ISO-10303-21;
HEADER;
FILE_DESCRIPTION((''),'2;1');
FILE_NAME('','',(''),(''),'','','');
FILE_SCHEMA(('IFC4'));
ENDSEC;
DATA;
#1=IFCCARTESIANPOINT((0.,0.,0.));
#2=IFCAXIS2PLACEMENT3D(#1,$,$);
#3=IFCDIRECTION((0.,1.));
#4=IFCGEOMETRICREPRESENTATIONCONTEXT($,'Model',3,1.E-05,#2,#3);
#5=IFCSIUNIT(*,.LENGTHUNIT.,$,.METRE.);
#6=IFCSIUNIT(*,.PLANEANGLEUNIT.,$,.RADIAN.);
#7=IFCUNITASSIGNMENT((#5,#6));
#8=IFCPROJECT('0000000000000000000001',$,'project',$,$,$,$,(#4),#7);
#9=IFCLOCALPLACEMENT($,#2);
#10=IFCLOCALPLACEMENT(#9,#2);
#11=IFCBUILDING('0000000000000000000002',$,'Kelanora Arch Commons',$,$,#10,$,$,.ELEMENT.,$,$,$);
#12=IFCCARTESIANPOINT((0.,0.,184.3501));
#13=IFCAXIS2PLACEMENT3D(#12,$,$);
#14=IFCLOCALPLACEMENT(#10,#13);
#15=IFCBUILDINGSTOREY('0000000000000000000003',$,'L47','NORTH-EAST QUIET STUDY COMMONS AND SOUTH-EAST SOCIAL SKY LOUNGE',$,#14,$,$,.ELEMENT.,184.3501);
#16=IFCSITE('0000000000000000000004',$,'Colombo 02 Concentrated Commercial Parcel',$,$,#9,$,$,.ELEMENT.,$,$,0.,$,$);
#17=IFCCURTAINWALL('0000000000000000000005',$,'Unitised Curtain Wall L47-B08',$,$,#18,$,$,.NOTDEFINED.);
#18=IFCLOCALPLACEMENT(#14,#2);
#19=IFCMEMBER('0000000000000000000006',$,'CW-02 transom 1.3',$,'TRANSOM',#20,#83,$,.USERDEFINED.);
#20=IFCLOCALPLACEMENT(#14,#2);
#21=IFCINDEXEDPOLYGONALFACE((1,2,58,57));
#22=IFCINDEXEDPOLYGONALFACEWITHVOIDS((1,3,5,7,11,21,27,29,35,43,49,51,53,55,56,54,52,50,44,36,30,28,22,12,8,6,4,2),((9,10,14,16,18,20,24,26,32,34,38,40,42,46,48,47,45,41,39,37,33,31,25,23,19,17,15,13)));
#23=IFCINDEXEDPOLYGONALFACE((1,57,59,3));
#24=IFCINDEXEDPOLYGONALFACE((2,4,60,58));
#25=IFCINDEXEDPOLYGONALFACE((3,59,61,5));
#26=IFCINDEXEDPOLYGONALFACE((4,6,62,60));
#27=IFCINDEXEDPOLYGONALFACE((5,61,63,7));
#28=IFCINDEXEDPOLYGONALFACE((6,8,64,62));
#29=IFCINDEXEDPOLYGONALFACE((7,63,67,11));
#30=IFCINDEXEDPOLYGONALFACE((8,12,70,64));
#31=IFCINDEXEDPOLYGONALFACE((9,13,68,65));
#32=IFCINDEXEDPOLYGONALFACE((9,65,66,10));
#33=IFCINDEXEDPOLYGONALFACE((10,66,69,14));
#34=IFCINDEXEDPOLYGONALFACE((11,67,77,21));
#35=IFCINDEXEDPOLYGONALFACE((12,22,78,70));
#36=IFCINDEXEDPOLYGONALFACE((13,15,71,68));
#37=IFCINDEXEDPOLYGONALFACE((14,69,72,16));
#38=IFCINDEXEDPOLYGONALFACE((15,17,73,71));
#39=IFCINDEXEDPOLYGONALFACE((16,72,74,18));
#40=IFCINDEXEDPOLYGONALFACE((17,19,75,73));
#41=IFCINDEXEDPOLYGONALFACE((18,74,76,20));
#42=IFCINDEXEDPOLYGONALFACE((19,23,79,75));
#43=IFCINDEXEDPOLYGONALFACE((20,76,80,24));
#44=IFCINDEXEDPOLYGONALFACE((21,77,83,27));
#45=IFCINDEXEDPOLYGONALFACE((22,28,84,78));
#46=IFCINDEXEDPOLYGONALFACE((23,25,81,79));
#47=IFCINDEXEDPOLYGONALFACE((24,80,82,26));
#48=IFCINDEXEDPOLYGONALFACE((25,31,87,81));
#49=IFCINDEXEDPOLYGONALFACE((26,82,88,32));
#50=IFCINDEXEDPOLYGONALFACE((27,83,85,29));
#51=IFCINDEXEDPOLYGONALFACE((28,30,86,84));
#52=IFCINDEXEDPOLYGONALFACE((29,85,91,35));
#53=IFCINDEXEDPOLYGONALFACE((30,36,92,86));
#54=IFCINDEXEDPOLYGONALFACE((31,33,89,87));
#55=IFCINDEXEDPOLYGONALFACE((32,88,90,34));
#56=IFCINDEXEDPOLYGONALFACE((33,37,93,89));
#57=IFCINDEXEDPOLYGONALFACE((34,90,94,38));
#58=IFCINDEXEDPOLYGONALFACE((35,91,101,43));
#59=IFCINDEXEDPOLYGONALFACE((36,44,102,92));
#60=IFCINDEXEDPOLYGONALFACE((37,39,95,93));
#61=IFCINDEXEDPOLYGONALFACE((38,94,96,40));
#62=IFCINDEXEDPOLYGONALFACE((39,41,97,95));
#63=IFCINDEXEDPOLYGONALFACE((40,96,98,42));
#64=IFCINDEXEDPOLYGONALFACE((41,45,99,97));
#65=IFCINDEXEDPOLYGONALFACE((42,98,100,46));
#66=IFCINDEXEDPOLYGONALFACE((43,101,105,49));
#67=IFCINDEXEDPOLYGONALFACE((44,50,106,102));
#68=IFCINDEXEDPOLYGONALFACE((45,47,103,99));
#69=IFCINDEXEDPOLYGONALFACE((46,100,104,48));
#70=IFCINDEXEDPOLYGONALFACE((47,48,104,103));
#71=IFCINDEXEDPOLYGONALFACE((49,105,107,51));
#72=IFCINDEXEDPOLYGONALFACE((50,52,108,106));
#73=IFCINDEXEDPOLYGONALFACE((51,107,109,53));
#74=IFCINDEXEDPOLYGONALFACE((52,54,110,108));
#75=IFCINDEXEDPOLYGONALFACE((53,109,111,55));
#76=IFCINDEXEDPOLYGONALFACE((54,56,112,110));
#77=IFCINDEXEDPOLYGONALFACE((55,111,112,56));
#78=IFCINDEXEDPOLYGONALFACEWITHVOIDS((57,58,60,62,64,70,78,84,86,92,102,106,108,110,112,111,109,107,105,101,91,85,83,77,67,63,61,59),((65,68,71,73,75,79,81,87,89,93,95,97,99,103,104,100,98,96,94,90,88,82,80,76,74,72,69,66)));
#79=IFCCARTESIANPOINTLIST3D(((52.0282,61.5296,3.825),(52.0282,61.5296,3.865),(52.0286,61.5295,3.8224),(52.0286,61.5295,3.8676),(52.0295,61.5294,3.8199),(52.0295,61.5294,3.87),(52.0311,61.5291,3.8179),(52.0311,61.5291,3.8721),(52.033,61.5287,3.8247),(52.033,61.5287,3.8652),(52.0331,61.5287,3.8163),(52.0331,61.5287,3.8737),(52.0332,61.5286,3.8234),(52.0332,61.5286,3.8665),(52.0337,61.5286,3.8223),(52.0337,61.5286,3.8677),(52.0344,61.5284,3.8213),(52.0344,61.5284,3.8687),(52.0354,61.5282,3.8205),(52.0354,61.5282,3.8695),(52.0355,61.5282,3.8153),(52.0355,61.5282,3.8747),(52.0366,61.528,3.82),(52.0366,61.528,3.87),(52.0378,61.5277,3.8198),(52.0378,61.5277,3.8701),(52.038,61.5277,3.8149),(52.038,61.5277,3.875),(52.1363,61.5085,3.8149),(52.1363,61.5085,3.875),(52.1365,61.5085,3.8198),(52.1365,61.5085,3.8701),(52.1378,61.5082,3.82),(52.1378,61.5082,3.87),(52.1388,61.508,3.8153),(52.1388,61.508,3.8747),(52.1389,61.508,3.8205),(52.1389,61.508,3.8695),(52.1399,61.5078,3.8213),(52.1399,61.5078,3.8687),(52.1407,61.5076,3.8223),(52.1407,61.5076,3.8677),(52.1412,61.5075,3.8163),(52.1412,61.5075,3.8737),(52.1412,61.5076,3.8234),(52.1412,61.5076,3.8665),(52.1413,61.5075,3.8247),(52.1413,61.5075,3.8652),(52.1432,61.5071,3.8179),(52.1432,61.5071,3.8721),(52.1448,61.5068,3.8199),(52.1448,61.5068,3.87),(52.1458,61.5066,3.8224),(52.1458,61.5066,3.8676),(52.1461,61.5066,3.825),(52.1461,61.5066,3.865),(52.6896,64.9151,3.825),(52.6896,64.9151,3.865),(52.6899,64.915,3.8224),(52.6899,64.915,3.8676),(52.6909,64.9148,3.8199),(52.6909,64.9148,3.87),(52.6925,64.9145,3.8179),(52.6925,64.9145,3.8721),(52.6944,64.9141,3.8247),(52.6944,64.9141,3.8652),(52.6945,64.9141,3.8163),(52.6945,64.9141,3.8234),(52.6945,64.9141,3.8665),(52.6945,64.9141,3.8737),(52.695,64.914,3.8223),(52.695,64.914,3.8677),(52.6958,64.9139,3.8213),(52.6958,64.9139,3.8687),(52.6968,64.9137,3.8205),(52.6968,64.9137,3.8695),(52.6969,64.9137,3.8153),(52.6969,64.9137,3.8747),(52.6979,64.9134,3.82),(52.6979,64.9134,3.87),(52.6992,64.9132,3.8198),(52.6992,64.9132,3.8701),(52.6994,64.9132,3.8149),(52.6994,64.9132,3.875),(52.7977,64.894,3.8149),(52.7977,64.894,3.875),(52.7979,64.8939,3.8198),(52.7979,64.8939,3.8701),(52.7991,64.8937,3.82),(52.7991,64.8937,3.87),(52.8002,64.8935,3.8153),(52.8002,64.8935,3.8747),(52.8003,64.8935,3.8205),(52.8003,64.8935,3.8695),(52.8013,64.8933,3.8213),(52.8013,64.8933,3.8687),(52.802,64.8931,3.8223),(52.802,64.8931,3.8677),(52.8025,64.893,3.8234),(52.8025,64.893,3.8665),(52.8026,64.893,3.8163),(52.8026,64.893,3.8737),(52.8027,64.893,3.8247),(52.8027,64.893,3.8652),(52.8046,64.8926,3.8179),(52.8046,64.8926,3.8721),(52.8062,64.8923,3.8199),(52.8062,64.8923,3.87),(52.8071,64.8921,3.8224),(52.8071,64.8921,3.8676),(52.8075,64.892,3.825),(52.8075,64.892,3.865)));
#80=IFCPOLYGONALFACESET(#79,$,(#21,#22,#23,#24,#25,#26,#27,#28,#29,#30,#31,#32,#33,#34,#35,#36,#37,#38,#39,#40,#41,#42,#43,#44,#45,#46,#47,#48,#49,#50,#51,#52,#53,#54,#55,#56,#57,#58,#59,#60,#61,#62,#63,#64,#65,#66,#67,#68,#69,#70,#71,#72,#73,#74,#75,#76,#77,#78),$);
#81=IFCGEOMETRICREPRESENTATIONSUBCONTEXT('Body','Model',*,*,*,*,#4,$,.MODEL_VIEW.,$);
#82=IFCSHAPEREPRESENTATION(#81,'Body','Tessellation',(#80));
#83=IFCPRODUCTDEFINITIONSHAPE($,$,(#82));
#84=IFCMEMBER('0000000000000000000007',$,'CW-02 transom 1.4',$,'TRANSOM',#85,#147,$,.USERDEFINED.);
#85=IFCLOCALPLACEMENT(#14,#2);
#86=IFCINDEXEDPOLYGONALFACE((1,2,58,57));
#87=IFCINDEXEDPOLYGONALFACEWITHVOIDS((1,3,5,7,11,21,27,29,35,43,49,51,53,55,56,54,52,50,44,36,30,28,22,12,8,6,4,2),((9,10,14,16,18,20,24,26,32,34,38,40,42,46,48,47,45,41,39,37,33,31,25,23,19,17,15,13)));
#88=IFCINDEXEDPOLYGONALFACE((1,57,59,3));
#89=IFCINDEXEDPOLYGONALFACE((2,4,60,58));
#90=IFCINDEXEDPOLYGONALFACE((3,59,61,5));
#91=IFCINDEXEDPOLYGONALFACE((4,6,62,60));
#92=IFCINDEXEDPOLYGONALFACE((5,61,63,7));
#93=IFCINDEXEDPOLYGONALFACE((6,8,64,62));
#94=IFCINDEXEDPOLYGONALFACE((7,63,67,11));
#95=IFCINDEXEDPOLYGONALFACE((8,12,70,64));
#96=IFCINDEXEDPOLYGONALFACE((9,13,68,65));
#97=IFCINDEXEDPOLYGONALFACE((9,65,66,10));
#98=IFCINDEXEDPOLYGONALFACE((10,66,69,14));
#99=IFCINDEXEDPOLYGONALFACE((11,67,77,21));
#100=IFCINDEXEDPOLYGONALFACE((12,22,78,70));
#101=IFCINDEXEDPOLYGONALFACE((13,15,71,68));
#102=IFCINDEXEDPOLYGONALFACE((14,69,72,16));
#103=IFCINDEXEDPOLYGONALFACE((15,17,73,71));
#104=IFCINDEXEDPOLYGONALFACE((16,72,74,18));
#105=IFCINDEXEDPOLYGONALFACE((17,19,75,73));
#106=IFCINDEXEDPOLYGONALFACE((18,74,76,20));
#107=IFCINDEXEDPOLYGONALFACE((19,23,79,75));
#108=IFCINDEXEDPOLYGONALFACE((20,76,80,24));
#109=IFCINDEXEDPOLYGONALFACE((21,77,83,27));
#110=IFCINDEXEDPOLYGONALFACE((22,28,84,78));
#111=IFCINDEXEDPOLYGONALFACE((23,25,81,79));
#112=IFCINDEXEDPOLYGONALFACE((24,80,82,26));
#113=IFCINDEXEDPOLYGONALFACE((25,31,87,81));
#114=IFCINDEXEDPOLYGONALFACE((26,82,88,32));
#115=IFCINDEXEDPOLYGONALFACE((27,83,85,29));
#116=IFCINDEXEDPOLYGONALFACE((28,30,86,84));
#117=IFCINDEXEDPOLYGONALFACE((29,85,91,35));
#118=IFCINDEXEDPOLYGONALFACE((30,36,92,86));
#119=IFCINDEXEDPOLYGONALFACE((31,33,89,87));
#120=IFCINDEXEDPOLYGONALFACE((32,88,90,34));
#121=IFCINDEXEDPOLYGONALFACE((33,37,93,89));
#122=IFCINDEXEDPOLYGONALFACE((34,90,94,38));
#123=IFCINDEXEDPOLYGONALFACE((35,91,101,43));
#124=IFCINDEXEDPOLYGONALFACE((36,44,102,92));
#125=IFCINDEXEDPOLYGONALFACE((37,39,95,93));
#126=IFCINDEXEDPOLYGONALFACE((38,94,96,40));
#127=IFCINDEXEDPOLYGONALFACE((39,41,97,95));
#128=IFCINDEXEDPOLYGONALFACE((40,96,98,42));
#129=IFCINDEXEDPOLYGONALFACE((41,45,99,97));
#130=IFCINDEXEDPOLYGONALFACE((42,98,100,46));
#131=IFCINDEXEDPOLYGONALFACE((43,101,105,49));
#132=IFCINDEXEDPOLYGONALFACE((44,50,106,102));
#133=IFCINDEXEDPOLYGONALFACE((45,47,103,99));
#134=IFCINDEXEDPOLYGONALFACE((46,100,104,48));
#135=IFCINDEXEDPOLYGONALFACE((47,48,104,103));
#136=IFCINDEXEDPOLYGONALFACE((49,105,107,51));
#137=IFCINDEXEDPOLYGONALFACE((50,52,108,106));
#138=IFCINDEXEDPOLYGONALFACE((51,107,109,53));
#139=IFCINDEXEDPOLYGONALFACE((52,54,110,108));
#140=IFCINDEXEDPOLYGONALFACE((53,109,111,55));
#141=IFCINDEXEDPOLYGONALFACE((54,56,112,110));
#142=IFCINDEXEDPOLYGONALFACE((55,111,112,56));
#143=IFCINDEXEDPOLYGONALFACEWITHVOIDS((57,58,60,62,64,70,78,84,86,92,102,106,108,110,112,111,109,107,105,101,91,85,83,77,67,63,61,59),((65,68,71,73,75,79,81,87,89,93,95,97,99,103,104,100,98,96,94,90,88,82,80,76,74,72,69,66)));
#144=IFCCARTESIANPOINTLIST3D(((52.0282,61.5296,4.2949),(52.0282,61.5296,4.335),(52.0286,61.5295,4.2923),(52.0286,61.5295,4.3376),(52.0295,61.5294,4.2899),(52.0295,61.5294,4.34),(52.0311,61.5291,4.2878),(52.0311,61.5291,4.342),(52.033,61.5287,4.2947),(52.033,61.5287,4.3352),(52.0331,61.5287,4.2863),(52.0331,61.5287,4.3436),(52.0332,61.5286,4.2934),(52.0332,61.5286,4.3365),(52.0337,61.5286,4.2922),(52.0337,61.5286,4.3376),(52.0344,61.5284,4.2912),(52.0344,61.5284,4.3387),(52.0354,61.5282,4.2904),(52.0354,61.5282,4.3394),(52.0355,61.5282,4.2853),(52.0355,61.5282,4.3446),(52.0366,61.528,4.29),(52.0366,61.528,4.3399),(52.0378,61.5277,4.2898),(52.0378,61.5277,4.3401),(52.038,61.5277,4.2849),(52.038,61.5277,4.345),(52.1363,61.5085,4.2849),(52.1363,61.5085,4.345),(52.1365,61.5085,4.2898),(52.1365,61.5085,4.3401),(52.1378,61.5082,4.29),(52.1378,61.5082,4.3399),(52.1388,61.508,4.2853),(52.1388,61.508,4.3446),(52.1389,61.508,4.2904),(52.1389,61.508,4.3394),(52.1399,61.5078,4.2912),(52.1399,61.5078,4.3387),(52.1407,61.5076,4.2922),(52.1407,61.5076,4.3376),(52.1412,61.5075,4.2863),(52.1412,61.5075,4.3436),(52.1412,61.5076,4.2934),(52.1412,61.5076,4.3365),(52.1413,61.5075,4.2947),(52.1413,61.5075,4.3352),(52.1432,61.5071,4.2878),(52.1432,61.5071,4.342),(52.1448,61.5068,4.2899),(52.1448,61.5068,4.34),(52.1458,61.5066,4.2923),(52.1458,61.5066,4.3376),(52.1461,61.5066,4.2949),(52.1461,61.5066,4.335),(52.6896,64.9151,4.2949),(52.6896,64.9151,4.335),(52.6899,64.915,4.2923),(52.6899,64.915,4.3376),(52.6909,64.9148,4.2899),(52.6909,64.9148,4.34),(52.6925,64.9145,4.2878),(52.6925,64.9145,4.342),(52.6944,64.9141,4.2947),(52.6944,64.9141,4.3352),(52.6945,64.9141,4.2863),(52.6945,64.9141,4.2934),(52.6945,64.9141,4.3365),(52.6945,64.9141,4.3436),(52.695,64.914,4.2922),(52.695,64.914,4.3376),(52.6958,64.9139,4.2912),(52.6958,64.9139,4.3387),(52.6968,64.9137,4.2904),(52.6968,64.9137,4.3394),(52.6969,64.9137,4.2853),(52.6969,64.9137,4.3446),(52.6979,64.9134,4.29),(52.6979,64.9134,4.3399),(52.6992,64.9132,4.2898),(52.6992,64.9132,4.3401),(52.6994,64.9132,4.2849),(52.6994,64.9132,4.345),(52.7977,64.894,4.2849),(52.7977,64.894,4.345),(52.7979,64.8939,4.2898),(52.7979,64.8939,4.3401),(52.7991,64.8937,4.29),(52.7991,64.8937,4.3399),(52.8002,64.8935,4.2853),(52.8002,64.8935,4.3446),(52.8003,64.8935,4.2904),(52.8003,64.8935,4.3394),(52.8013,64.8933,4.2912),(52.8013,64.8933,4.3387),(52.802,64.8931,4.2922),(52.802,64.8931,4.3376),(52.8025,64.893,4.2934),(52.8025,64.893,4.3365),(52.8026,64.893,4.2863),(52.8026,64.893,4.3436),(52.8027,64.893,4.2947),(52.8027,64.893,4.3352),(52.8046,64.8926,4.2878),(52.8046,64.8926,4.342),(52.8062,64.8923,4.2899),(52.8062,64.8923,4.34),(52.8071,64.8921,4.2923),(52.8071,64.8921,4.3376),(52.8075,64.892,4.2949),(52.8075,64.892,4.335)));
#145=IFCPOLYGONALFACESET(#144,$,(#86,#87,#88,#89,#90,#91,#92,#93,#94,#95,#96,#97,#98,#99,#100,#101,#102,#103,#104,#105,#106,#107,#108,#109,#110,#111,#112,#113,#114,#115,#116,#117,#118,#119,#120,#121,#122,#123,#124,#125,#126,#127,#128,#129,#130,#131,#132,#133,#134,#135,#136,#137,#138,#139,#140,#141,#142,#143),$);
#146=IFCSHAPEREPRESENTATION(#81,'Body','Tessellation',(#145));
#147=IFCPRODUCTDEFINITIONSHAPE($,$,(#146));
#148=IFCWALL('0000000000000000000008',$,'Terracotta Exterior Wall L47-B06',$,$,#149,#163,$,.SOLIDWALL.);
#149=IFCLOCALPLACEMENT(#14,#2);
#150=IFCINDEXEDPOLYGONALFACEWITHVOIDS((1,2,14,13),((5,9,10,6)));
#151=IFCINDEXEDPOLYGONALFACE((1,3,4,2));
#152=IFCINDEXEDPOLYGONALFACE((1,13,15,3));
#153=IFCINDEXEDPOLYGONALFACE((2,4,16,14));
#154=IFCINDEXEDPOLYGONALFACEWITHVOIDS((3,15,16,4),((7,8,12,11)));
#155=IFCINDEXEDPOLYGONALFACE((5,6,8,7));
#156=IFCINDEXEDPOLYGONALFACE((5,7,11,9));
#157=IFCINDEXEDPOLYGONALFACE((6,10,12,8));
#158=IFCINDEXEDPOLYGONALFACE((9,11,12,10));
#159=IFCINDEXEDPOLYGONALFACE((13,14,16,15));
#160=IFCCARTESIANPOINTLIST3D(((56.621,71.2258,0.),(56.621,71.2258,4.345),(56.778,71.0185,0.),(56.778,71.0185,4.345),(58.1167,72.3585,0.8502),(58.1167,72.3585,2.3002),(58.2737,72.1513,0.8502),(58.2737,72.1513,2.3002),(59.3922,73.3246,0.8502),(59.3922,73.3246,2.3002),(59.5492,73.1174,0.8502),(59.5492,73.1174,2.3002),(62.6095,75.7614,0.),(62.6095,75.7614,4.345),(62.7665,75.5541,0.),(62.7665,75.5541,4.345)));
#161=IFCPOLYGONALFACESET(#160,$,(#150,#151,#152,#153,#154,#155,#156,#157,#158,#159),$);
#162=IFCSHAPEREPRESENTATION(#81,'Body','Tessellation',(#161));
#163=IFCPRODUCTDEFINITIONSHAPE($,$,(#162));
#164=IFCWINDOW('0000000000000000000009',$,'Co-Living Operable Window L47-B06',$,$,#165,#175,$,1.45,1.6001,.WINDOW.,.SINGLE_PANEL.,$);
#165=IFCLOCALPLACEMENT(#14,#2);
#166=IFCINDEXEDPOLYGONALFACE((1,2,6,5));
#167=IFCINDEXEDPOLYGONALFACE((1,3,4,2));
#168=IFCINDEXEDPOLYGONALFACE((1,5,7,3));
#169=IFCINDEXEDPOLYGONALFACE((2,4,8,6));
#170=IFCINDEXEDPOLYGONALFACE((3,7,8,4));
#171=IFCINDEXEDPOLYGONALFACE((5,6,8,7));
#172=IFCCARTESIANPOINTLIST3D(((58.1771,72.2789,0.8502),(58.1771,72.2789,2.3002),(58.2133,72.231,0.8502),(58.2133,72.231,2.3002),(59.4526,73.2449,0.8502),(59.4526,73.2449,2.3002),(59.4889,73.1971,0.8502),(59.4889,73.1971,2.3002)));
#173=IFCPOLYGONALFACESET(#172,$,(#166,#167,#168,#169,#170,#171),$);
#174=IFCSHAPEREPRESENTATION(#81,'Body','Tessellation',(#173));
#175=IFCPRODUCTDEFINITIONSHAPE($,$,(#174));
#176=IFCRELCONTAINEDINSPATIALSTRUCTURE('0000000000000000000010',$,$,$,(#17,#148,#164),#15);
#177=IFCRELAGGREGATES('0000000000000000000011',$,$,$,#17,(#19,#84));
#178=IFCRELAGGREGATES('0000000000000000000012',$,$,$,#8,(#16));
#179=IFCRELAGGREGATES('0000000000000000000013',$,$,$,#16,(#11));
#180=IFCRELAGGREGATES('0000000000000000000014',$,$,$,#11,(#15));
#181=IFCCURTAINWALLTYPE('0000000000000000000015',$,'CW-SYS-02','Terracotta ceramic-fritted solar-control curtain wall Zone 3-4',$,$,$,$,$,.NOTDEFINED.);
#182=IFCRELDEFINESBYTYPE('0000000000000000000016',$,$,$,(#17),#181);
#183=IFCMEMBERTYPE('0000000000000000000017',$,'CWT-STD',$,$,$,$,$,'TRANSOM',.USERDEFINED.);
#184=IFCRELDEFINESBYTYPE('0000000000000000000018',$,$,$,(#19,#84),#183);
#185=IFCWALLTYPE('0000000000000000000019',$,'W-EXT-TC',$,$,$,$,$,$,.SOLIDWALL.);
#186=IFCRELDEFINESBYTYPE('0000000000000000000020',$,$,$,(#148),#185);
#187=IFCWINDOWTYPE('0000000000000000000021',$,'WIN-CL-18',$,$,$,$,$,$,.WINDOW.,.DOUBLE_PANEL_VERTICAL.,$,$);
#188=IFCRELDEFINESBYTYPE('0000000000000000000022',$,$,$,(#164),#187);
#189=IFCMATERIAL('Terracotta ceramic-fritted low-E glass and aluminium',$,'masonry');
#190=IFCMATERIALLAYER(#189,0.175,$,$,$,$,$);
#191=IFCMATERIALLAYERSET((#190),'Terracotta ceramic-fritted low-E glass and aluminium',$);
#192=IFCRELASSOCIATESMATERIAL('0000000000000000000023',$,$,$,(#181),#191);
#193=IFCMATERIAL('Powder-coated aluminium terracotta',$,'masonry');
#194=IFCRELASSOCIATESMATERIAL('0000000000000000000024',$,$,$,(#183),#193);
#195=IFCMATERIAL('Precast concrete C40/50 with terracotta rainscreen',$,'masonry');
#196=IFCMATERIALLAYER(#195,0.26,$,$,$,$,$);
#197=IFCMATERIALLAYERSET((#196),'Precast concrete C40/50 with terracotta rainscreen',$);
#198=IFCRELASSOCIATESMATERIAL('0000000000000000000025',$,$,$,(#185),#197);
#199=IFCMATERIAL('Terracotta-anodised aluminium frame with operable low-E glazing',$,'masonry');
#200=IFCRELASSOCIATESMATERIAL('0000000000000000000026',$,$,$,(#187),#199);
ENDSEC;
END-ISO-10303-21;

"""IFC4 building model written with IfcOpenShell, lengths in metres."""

from ifc_helpers import new_model, si_unit, direction, frame, frame_2d, origin, origin_2d, place, context, subcontext, project, spatial, rectangle, hollow_rectangle, extrude, material, layer, layer_set, material_profile, profile_set, type_object, element, fill, aggregate, save


model = new_model("IFC4")

# Units and contexts
model_context = context("Model", 3, precision=1e-05, world=origin(), true_north=direction((0.0, 1.0)))
body_context = subcontext(model_context, "Body", "Model", "MODEL_VIEW")
ifc_project = project(units=[si_unit("LENGTHUNIT", "METRE"), si_unit("PLANEANGLEUNIT", "RADIAN")], contexts=[model_context])

# Site, building, storey
site_placement = place(None, origin())
site = spatial("IfcSite", under=ifc_project, at=site_placement, Name="Colombo 02 Concentrated Commercial Parcel", CompositionType="ELEMENT", RefElevation=0.0)
building_placement = place(site_placement, origin())
building = spatial("IfcBuilding", under=site, at=building_placement, Name="Kelanora Arch Commons", CompositionType="ELEMENT")
storey_placement = place(building_placement, frame((0.0, 0.0, 184.3501)))
storey = spatial("IfcBuildingStorey", under=building, at=storey_placement, Name="L47", Description="NORTH-EAST QUIET STUDY COMMONS AND SOUTH-EAST SOCIAL SKY LOUNGE", CompositionType="ELEMENT", Elevation=184.3501)

# Shared definitions
ifc_material_1 = material(Name="Terracotta ceramic-fritted low-E glass and aluminium", Category="masonry")
ifc_layer_1 = layer(ifc_material_1, 0.175)
ifc_layer_set_1 = layer_set([ifc_layer_1], Name="Terracotta ceramic-fritted low-E glass and aluminium")
curtain_wall_type = type_object("IfcCurtainWallType", Name="CW-SYS-02", Description="Terracotta ceramic-fritted solar-control curtain wall Zone 3-4", PredefinedType="NOTDEFINED", material=ifc_layer_set_1)
ifc_material_2 = material(Name="Powder-coated aluminium terracotta", Category="masonry")

# Curtain wall, members
curtain_wall_1_placement = place(storey_placement, origin())
curtain_wall_1 = element("IfcCurtainWall", 1, at=curtain_wall_1_placement, inside=storey, type_object=curtain_wall_type, Name="Unitised Curtain Wall L47-B08", PredefinedType="NOTDEFINED")
ifc_material_profile_1 = material_profile(ifc_material_2, hollow_rectangle(XDim=0.1201, YDim=0.0601, WallThickness=0.0049, InnerFilletRadius=0.0049, OuterFilletRadius=0.01, at=origin_2d()), Name="CWT120x60")
ifc_profile_set_1 = profile_set([ifc_material_profile_1], Name="Powder-coated aluminium terracotta")
member_type_1 = type_object("IfcMemberType", Name="CWT-STD", ElementType="TRANSOM", PredefinedType="USERDEFINED", material=ifc_profile_set_1)
member_1_placement = place(storey_placement, frame((52.7485, 64.9036, 3.845), z_axis=(-0.191732, -0.981447, 0.0), x_axis=(0.981447, -0.191732, 0.0)))
member_1 = element("IfcMember", 2, at=member_1_placement, type_object=member_type_1, Name="CW-02 transom 1.3", ObjectType="TRANSOM", PredefinedType="USERDEFINED", context=body_context, shape_type="SweptSolid", body=[
    extrude(hollow_rectangle(XDim=0.1201, YDim=0.0601, WallThickness=0.0049, InnerFilletRadius=0.0049, OuterFilletRadius=0.01, at=origin_2d()), origin(), (0.0, 0.0, 1.0), 3.4495),
])
member_2_placement = place(storey_placement, frame((52.7485, 64.9036, 4.3149), z_axis=(-0.191732, -0.981447, 0.0), x_axis=(0.981447, -0.191732, 0.0)))
member_2 = element("IfcMember", 3, at=member_2_placement, type_object=member_type_1, Name="CW-02 transom 1.4", ObjectType="TRANSOM", PredefinedType="USERDEFINED", context=body_context, shape_type="SweptSolid", body=[
    extrude(hollow_rectangle(XDim=0.1201, YDim=0.0601, WallThickness=0.0049, InnerFilletRadius=0.0049, OuterFilletRadius=0.01, at=origin_2d()), origin(), (0.0, 0.0, 1.0), 3.4495),
])
aggregate(curtain_wall_1, [member_1, member_2])

# Wall, opening, window
ifc_material_3 = material(Name="Precast concrete C40/50 with terracotta rainscreen", Category="masonry")
ifc_layer_2 = layer(ifc_material_3, 0.26)
ifc_layer_set_2 = layer_set([ifc_layer_2], Name="Precast concrete C40/50 with terracotta rainscreen")
wall_type_1 = type_object("IfcWallType", Name="W-EXT-TC", PredefinedType="SOLIDWALL", material=ifc_layer_set_2)
wall_1_placement = place(storey_placement, frame((62.688, 75.6577, 0.0), z_axis=(0.0, 0.0, 1.0), x_axis=(-0.797164, -0.603763, 0.0)))
wall_1 = element("IfcWall", 4, at=wall_1_placement, inside=storey, type_object=wall_type_1, Name="Terracotta Exterior Wall L47-B06", PredefinedType="SOLIDWALL", context=body_context, shape_type="SweptSolid", body=[
    extrude(rectangle(XDim=7.5122, YDim=0.26, at=frame_2d((3.7561, 0.0))), origin(), (0.0, 0.0, 1.0), 4.345),
])
opening_1_placement = place(wall_1_placement, frame((4.0359, 0.0, 0.8501)))
opening_1 = element("IfcOpeningElement", 5, at=opening_1_placement, cuts=wall_1, PredefinedType="OPENING", context=body_context, shape_type="SweptSolid", body=[
    extrude(rectangle(XDim=1.6001, YDim=1.45, at=frame_2d((0.8, 0.7251))), frame((0.0, 0.1401, 0.0), z_axis=(0.0, -1.0, 0.0), x_axis=(1.0, 0.0, 0.0)), (0.0, 0.0, 1.0), 0.28),
])
ifc_material_4 = material(Name="Terracotta-anodised aluminium frame with operable low-E glazing", Category="masonry")
window_type_1 = type_object("IfcWindowType", Name="WIN-CL-18", PartitioningType="DOUBLE_PANEL_VERTICAL", PredefinedType="WINDOW", material=ifc_material_4)
window_1_placement = place(opening_1_placement, origin())
window_1 = element("IfcWindow", 6, at=window_1_placement, inside=storey, type_object=window_type_1, Name="Co-Living Operable Window L47-B06", OverallHeight=1.45, OverallWidth=1.6001, PartitioningType="SINGLE_PANEL", PredefinedType="WINDOW", context=body_context, shape_type="SweptSolid", body=[
    extrude(rectangle(XDim=1.6001, YDim=1.45, at=frame_2d((0.8, 0.7251))), frame((0.0, 0.03, 0.0), z_axis=(0.0, -1.0, 0.0), x_axis=(1.0, 0.0, 0.0)), (0.0, 0.0, 1.0), 0.0601),
])
fill(opening_1, window_1)

save(model, "model.ifc")
